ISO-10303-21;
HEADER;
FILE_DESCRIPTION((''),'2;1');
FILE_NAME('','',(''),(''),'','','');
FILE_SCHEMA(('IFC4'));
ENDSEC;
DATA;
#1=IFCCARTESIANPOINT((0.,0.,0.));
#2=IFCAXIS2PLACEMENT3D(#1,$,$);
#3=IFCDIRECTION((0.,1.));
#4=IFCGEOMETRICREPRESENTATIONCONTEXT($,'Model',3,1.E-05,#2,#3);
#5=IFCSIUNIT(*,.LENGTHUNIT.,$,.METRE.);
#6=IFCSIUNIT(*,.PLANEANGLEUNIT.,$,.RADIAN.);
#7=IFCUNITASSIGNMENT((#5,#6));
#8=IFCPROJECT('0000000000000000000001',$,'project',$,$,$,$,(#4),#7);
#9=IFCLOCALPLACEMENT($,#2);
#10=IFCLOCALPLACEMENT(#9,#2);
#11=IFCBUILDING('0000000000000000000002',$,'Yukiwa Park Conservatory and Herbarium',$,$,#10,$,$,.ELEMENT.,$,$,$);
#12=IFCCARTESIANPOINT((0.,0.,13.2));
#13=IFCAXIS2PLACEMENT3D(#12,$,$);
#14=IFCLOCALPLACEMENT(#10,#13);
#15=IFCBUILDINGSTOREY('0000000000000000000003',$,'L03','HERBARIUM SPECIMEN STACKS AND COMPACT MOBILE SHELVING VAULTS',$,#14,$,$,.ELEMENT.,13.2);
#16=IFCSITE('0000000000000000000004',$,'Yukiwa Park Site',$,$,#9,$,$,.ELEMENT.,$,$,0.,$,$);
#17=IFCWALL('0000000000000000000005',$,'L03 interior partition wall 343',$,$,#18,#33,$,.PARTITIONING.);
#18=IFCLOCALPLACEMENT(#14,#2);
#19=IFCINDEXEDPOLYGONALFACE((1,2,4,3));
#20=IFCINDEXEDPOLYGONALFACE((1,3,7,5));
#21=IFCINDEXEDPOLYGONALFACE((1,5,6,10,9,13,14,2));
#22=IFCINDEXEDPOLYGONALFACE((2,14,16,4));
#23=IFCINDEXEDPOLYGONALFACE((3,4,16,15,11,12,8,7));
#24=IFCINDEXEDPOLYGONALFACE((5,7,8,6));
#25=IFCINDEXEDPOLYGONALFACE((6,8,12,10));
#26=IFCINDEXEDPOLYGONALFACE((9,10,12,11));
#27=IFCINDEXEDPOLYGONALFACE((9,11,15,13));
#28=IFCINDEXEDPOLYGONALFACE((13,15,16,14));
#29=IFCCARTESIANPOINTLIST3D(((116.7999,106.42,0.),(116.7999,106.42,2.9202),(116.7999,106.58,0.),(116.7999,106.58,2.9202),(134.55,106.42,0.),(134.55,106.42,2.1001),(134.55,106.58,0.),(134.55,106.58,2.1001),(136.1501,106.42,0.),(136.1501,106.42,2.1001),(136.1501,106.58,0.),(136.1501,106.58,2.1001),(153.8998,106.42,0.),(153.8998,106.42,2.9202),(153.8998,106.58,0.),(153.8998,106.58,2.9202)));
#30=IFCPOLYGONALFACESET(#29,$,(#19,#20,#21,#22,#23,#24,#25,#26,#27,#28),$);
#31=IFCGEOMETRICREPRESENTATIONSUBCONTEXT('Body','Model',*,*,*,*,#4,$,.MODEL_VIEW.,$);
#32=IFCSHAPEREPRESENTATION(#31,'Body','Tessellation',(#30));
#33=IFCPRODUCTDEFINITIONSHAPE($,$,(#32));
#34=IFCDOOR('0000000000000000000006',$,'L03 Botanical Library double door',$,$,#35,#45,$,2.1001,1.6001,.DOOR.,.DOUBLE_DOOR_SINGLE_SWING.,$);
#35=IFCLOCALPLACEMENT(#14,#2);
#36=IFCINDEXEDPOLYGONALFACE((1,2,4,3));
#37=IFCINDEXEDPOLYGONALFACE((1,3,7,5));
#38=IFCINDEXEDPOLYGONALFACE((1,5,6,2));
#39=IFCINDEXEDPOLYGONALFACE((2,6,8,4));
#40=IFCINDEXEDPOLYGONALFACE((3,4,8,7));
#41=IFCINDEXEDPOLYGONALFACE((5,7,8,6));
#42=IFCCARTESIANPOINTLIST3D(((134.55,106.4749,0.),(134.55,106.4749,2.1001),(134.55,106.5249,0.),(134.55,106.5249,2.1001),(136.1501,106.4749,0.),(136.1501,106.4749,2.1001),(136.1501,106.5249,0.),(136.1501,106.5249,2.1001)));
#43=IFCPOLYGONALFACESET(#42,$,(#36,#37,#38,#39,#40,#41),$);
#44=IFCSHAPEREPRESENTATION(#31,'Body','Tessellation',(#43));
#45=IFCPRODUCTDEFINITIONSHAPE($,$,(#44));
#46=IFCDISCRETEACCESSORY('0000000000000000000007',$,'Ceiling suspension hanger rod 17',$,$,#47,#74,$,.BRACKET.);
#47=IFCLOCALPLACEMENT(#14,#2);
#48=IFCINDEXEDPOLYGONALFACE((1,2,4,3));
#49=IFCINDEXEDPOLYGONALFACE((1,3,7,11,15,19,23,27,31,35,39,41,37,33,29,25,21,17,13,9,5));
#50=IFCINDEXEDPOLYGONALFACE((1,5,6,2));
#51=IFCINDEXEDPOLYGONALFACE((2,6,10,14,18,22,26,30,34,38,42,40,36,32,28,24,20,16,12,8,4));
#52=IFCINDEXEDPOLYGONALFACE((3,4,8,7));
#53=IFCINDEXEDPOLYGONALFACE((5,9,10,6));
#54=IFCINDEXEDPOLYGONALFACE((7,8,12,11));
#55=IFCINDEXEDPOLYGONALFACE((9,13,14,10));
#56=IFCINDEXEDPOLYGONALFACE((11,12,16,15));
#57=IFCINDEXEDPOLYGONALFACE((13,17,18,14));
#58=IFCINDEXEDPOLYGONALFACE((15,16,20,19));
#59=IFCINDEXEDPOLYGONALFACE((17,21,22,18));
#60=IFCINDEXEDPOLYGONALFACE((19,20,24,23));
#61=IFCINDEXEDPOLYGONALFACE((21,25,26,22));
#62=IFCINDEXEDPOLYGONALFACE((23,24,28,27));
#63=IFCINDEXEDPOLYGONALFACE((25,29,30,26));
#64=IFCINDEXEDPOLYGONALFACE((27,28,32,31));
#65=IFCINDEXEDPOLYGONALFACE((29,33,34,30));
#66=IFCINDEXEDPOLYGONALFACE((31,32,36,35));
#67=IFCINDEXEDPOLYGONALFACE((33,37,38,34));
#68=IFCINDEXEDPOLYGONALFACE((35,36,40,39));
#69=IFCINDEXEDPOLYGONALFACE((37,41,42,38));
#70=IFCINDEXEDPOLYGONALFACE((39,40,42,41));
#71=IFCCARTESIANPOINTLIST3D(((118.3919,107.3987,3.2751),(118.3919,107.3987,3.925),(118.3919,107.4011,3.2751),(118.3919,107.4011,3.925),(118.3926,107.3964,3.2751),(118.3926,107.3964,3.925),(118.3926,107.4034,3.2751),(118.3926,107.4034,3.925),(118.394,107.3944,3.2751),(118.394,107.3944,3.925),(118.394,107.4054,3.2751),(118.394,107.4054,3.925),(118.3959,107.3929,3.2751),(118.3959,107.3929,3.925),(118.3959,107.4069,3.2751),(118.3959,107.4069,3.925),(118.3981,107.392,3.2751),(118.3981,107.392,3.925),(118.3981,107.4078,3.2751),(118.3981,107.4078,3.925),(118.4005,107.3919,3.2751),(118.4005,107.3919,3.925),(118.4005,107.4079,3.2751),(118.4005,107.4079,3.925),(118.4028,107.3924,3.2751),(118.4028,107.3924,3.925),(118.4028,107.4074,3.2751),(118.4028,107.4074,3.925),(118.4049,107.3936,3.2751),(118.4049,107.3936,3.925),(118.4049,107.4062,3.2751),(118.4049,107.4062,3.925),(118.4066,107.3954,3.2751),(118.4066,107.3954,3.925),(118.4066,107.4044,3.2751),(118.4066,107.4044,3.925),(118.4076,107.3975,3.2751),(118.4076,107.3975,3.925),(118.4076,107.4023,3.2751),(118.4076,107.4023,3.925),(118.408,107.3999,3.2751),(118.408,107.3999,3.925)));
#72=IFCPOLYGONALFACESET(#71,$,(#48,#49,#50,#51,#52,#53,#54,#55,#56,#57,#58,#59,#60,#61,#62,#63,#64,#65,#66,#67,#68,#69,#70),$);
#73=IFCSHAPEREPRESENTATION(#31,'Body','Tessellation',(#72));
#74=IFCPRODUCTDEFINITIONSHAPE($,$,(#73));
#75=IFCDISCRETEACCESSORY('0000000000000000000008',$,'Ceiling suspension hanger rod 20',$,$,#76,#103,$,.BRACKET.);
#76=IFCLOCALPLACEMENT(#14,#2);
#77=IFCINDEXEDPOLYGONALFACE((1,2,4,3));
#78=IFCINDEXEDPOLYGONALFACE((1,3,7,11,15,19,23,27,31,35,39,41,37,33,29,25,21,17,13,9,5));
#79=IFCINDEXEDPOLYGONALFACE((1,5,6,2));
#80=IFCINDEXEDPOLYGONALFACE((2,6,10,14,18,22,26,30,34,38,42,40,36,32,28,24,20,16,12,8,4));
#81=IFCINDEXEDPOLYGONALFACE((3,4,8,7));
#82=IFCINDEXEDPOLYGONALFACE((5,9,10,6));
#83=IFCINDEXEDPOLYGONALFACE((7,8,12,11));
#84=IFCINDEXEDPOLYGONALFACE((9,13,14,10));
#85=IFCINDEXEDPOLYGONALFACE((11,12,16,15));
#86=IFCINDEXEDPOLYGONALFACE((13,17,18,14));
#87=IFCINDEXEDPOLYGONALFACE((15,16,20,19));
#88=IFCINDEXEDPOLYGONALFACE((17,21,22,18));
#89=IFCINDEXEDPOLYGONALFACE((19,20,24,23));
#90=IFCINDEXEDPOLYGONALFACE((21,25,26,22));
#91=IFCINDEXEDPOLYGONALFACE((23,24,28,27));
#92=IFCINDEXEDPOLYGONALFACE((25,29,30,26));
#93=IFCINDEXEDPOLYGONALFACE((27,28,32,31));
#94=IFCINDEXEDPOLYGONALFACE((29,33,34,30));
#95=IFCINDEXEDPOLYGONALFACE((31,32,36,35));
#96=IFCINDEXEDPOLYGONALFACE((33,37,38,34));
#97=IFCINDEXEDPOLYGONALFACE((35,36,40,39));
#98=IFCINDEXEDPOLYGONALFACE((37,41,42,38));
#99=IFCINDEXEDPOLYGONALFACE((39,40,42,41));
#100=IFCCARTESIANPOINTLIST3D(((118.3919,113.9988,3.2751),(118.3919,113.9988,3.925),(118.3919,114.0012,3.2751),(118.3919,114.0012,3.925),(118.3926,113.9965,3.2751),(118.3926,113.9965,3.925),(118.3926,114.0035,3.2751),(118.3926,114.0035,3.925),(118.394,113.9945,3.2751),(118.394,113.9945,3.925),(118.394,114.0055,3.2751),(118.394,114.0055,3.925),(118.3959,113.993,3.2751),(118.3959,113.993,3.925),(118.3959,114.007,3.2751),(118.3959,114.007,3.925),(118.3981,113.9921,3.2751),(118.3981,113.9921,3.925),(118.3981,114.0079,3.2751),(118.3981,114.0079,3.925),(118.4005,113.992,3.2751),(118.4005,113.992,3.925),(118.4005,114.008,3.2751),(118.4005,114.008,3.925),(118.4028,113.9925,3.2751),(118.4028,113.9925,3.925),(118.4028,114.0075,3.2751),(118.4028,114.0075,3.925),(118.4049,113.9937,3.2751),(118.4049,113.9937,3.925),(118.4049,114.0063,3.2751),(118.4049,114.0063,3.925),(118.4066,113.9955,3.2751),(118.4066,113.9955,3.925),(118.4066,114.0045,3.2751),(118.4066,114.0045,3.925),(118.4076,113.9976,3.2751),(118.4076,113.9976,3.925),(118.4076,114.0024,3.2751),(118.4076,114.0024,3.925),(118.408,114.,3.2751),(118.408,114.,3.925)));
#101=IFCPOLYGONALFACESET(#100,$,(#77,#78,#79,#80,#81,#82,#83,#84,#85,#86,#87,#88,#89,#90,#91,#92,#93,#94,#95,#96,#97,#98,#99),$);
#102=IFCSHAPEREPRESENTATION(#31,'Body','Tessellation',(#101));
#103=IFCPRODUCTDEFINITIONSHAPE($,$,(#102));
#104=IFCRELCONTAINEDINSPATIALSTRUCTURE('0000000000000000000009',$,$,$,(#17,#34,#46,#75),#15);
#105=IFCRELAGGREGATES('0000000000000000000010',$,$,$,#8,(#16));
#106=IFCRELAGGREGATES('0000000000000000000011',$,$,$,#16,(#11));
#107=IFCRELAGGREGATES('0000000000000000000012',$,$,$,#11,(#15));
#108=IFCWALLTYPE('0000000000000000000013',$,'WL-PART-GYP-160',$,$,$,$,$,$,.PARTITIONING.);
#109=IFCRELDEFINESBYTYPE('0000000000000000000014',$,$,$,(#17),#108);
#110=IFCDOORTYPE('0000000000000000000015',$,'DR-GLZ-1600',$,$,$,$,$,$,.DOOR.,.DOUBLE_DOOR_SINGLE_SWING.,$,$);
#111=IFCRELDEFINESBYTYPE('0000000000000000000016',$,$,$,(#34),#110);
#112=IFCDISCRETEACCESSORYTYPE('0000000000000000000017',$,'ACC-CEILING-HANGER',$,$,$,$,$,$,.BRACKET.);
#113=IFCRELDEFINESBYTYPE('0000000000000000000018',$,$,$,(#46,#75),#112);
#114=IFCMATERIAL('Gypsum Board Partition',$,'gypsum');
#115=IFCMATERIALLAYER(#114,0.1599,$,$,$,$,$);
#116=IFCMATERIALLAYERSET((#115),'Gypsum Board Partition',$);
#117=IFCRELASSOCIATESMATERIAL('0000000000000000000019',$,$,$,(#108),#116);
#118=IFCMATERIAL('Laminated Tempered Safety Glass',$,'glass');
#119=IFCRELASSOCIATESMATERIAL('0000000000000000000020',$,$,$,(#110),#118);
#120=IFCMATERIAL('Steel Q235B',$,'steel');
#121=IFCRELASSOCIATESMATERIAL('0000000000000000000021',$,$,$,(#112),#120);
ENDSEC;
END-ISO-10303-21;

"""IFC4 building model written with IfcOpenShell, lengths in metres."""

from ifc_helpers import new_model, si_unit, direction, frame, frame_2d, origin, origin_2d, place, context, subcontext, project, spatial, rectangle, circle, extrude, material, layer, layer_set, type_object, element, fill, save


model = new_model("IFC4")

# Units and contexts
model_context = context("Model", 3, precision=1e-05, world=origin(), true_north=direction((0.0, 1.0)))
body_context = subcontext(model_context, "Body", "Model", "MODEL_VIEW")
ifc_project = project(units=[si_unit("LENGTHUNIT", "METRE"), si_unit("PLANEANGLEUNIT", "RADIAN")], contexts=[model_context])

# Site, building, storey
site_placement = place(None, origin())
site = spatial("IfcSite", under=ifc_project, at=site_placement, Name="Yukiwa Park Site", CompositionType="ELEMENT", RefElevation=0.0)
building_placement = place(site_placement, origin())
building = spatial("IfcBuilding", under=site, at=building_placement, Name="Yukiwa Park Conservatory and Herbarium", CompositionType="ELEMENT")
storey_placement = place(building_placement, frame((0.0, 0.0, 13.2)))
storey = spatial("IfcBuildingStorey", under=building, at=storey_placement, Name="L03", Description="HERBARIUM SPECIMEN STACKS AND COMPACT MOBILE SHELVING VAULTS", CompositionType="ELEMENT", Elevation=13.2)

# Wall, opening, door
ifc_material_1 = material(Name="Gypsum Board Partition", Category="gypsum")
ifc_layer_1 = layer(ifc_material_1, 0.1599)
ifc_layer_set_1 = layer_set([ifc_layer_1], Name="Gypsum Board Partition")
wall_type_1 = type_object("IfcWallType", Name="WL-PART-GYP-160", PredefinedType="PARTITIONING", material=ifc_layer_set_1)
wall_1_placement = place(storey_placement, frame((116.8, 106.5, 0.0), z_axis=(0.0, 0.0, 1.0), x_axis=(1.0, 0.0, 0.0)))
wall_1 = element("IfcWall", 1, at=wall_1_placement, inside=storey, type_object=wall_type_1, Name="L03 interior partition wall 343", PredefinedType="PARTITIONING", context=body_context, shape_type="SweptSolid", body=[
    extrude(rectangle(XDim=37.0999, YDim=0.1599, at=frame_2d((18.5498, 0.0))), origin(), (0.0, 0.0, 1.0), 2.9202),
])
opening_1_placement = place(wall_1_placement, frame((17.75, 0.0, 0.0)))
opening_1 = element("IfcOpeningElement", 2, at=opening_1_placement, cuts=wall_1, PredefinedType="OPENING", context=body_context, shape_type="SweptSolid", body=[
    extrude(rectangle(XDim=1.6001, YDim=2.1001, at=frame_2d((0.8, 1.05))), frame((0.0, 0.0898, 0.0), z_axis=(0.0, -1.0, 0.0), x_axis=(1.0, 0.0, 0.0)), (0.0, 0.0, 1.0), 0.1799),
])
ifc_material_2 = material(Name="Laminated Tempered Safety Glass", Category="glass")
door_type = type_object("IfcDoorType", Name="DR-GLZ-1600", OperationType="DOUBLE_DOOR_SINGLE_SWING", PredefinedType="DOOR", material=ifc_material_2)
door_placement = place(opening_1_placement, origin())
door = element("IfcDoor", 3, at=door_placement, inside=storey, type_object=door_type, Name="L03 Botanical Library double door", OperationType="DOUBLE_DOOR_SINGLE_SWING", OverallHeight=2.1001, OverallWidth=1.6001, PredefinedType="DOOR", context=body_context, shape_type="SweptSolid", body=[
    extrude(rectangle(XDim=1.6001, YDim=2.1001, at=frame_2d((0.8, 1.05))), frame((0.0, 0.0249, 0.0), z_axis=(0.0, -1.0, 0.0), x_axis=(1.0, 0.0, 0.0)), (0.0, 0.0, 1.0), 0.05),
])
fill(opening_1, door)

# Discrete accessories
ifc_material_3 = material(Name="Steel Q235B", Category="steel")
discrete_accessory_type = type_object("IfcDiscreteAccessoryType", Name="ACC-CEILING-HANGER", PredefinedType="BRACKET", material=ifc_material_3)
for number, where, z_axis, x_axis, name in (
    (4, (118.3999, 107.3999, 3.2751), (0.0, 0.0, 1.0), (1.0, 0.0, 0.0), "Ceiling suspension hanger rod 17"),
    (5, (118.3999, 114.0, 3.2751), (0.0, 0.0, 1.0), (1.0, 0.0, 0.0), "Ceiling suspension hanger rod 20"),
):
    element("IfcDiscreteAccessory", number, at=place(storey_placement, frame(where, z_axis=z_axis, x_axis=x_axis)), inside=storey, type_object=discrete_accessory_type, Name=name, PredefinedType="BRACKET", context=body_context, shape_type="SweptSolid", body=[
        extrude(circle(Radius=0.0081, at=origin_2d()), origin(), (0.0, 0.0, 1.0), 0.6499),
    ])

save(model, "model.ifc")
